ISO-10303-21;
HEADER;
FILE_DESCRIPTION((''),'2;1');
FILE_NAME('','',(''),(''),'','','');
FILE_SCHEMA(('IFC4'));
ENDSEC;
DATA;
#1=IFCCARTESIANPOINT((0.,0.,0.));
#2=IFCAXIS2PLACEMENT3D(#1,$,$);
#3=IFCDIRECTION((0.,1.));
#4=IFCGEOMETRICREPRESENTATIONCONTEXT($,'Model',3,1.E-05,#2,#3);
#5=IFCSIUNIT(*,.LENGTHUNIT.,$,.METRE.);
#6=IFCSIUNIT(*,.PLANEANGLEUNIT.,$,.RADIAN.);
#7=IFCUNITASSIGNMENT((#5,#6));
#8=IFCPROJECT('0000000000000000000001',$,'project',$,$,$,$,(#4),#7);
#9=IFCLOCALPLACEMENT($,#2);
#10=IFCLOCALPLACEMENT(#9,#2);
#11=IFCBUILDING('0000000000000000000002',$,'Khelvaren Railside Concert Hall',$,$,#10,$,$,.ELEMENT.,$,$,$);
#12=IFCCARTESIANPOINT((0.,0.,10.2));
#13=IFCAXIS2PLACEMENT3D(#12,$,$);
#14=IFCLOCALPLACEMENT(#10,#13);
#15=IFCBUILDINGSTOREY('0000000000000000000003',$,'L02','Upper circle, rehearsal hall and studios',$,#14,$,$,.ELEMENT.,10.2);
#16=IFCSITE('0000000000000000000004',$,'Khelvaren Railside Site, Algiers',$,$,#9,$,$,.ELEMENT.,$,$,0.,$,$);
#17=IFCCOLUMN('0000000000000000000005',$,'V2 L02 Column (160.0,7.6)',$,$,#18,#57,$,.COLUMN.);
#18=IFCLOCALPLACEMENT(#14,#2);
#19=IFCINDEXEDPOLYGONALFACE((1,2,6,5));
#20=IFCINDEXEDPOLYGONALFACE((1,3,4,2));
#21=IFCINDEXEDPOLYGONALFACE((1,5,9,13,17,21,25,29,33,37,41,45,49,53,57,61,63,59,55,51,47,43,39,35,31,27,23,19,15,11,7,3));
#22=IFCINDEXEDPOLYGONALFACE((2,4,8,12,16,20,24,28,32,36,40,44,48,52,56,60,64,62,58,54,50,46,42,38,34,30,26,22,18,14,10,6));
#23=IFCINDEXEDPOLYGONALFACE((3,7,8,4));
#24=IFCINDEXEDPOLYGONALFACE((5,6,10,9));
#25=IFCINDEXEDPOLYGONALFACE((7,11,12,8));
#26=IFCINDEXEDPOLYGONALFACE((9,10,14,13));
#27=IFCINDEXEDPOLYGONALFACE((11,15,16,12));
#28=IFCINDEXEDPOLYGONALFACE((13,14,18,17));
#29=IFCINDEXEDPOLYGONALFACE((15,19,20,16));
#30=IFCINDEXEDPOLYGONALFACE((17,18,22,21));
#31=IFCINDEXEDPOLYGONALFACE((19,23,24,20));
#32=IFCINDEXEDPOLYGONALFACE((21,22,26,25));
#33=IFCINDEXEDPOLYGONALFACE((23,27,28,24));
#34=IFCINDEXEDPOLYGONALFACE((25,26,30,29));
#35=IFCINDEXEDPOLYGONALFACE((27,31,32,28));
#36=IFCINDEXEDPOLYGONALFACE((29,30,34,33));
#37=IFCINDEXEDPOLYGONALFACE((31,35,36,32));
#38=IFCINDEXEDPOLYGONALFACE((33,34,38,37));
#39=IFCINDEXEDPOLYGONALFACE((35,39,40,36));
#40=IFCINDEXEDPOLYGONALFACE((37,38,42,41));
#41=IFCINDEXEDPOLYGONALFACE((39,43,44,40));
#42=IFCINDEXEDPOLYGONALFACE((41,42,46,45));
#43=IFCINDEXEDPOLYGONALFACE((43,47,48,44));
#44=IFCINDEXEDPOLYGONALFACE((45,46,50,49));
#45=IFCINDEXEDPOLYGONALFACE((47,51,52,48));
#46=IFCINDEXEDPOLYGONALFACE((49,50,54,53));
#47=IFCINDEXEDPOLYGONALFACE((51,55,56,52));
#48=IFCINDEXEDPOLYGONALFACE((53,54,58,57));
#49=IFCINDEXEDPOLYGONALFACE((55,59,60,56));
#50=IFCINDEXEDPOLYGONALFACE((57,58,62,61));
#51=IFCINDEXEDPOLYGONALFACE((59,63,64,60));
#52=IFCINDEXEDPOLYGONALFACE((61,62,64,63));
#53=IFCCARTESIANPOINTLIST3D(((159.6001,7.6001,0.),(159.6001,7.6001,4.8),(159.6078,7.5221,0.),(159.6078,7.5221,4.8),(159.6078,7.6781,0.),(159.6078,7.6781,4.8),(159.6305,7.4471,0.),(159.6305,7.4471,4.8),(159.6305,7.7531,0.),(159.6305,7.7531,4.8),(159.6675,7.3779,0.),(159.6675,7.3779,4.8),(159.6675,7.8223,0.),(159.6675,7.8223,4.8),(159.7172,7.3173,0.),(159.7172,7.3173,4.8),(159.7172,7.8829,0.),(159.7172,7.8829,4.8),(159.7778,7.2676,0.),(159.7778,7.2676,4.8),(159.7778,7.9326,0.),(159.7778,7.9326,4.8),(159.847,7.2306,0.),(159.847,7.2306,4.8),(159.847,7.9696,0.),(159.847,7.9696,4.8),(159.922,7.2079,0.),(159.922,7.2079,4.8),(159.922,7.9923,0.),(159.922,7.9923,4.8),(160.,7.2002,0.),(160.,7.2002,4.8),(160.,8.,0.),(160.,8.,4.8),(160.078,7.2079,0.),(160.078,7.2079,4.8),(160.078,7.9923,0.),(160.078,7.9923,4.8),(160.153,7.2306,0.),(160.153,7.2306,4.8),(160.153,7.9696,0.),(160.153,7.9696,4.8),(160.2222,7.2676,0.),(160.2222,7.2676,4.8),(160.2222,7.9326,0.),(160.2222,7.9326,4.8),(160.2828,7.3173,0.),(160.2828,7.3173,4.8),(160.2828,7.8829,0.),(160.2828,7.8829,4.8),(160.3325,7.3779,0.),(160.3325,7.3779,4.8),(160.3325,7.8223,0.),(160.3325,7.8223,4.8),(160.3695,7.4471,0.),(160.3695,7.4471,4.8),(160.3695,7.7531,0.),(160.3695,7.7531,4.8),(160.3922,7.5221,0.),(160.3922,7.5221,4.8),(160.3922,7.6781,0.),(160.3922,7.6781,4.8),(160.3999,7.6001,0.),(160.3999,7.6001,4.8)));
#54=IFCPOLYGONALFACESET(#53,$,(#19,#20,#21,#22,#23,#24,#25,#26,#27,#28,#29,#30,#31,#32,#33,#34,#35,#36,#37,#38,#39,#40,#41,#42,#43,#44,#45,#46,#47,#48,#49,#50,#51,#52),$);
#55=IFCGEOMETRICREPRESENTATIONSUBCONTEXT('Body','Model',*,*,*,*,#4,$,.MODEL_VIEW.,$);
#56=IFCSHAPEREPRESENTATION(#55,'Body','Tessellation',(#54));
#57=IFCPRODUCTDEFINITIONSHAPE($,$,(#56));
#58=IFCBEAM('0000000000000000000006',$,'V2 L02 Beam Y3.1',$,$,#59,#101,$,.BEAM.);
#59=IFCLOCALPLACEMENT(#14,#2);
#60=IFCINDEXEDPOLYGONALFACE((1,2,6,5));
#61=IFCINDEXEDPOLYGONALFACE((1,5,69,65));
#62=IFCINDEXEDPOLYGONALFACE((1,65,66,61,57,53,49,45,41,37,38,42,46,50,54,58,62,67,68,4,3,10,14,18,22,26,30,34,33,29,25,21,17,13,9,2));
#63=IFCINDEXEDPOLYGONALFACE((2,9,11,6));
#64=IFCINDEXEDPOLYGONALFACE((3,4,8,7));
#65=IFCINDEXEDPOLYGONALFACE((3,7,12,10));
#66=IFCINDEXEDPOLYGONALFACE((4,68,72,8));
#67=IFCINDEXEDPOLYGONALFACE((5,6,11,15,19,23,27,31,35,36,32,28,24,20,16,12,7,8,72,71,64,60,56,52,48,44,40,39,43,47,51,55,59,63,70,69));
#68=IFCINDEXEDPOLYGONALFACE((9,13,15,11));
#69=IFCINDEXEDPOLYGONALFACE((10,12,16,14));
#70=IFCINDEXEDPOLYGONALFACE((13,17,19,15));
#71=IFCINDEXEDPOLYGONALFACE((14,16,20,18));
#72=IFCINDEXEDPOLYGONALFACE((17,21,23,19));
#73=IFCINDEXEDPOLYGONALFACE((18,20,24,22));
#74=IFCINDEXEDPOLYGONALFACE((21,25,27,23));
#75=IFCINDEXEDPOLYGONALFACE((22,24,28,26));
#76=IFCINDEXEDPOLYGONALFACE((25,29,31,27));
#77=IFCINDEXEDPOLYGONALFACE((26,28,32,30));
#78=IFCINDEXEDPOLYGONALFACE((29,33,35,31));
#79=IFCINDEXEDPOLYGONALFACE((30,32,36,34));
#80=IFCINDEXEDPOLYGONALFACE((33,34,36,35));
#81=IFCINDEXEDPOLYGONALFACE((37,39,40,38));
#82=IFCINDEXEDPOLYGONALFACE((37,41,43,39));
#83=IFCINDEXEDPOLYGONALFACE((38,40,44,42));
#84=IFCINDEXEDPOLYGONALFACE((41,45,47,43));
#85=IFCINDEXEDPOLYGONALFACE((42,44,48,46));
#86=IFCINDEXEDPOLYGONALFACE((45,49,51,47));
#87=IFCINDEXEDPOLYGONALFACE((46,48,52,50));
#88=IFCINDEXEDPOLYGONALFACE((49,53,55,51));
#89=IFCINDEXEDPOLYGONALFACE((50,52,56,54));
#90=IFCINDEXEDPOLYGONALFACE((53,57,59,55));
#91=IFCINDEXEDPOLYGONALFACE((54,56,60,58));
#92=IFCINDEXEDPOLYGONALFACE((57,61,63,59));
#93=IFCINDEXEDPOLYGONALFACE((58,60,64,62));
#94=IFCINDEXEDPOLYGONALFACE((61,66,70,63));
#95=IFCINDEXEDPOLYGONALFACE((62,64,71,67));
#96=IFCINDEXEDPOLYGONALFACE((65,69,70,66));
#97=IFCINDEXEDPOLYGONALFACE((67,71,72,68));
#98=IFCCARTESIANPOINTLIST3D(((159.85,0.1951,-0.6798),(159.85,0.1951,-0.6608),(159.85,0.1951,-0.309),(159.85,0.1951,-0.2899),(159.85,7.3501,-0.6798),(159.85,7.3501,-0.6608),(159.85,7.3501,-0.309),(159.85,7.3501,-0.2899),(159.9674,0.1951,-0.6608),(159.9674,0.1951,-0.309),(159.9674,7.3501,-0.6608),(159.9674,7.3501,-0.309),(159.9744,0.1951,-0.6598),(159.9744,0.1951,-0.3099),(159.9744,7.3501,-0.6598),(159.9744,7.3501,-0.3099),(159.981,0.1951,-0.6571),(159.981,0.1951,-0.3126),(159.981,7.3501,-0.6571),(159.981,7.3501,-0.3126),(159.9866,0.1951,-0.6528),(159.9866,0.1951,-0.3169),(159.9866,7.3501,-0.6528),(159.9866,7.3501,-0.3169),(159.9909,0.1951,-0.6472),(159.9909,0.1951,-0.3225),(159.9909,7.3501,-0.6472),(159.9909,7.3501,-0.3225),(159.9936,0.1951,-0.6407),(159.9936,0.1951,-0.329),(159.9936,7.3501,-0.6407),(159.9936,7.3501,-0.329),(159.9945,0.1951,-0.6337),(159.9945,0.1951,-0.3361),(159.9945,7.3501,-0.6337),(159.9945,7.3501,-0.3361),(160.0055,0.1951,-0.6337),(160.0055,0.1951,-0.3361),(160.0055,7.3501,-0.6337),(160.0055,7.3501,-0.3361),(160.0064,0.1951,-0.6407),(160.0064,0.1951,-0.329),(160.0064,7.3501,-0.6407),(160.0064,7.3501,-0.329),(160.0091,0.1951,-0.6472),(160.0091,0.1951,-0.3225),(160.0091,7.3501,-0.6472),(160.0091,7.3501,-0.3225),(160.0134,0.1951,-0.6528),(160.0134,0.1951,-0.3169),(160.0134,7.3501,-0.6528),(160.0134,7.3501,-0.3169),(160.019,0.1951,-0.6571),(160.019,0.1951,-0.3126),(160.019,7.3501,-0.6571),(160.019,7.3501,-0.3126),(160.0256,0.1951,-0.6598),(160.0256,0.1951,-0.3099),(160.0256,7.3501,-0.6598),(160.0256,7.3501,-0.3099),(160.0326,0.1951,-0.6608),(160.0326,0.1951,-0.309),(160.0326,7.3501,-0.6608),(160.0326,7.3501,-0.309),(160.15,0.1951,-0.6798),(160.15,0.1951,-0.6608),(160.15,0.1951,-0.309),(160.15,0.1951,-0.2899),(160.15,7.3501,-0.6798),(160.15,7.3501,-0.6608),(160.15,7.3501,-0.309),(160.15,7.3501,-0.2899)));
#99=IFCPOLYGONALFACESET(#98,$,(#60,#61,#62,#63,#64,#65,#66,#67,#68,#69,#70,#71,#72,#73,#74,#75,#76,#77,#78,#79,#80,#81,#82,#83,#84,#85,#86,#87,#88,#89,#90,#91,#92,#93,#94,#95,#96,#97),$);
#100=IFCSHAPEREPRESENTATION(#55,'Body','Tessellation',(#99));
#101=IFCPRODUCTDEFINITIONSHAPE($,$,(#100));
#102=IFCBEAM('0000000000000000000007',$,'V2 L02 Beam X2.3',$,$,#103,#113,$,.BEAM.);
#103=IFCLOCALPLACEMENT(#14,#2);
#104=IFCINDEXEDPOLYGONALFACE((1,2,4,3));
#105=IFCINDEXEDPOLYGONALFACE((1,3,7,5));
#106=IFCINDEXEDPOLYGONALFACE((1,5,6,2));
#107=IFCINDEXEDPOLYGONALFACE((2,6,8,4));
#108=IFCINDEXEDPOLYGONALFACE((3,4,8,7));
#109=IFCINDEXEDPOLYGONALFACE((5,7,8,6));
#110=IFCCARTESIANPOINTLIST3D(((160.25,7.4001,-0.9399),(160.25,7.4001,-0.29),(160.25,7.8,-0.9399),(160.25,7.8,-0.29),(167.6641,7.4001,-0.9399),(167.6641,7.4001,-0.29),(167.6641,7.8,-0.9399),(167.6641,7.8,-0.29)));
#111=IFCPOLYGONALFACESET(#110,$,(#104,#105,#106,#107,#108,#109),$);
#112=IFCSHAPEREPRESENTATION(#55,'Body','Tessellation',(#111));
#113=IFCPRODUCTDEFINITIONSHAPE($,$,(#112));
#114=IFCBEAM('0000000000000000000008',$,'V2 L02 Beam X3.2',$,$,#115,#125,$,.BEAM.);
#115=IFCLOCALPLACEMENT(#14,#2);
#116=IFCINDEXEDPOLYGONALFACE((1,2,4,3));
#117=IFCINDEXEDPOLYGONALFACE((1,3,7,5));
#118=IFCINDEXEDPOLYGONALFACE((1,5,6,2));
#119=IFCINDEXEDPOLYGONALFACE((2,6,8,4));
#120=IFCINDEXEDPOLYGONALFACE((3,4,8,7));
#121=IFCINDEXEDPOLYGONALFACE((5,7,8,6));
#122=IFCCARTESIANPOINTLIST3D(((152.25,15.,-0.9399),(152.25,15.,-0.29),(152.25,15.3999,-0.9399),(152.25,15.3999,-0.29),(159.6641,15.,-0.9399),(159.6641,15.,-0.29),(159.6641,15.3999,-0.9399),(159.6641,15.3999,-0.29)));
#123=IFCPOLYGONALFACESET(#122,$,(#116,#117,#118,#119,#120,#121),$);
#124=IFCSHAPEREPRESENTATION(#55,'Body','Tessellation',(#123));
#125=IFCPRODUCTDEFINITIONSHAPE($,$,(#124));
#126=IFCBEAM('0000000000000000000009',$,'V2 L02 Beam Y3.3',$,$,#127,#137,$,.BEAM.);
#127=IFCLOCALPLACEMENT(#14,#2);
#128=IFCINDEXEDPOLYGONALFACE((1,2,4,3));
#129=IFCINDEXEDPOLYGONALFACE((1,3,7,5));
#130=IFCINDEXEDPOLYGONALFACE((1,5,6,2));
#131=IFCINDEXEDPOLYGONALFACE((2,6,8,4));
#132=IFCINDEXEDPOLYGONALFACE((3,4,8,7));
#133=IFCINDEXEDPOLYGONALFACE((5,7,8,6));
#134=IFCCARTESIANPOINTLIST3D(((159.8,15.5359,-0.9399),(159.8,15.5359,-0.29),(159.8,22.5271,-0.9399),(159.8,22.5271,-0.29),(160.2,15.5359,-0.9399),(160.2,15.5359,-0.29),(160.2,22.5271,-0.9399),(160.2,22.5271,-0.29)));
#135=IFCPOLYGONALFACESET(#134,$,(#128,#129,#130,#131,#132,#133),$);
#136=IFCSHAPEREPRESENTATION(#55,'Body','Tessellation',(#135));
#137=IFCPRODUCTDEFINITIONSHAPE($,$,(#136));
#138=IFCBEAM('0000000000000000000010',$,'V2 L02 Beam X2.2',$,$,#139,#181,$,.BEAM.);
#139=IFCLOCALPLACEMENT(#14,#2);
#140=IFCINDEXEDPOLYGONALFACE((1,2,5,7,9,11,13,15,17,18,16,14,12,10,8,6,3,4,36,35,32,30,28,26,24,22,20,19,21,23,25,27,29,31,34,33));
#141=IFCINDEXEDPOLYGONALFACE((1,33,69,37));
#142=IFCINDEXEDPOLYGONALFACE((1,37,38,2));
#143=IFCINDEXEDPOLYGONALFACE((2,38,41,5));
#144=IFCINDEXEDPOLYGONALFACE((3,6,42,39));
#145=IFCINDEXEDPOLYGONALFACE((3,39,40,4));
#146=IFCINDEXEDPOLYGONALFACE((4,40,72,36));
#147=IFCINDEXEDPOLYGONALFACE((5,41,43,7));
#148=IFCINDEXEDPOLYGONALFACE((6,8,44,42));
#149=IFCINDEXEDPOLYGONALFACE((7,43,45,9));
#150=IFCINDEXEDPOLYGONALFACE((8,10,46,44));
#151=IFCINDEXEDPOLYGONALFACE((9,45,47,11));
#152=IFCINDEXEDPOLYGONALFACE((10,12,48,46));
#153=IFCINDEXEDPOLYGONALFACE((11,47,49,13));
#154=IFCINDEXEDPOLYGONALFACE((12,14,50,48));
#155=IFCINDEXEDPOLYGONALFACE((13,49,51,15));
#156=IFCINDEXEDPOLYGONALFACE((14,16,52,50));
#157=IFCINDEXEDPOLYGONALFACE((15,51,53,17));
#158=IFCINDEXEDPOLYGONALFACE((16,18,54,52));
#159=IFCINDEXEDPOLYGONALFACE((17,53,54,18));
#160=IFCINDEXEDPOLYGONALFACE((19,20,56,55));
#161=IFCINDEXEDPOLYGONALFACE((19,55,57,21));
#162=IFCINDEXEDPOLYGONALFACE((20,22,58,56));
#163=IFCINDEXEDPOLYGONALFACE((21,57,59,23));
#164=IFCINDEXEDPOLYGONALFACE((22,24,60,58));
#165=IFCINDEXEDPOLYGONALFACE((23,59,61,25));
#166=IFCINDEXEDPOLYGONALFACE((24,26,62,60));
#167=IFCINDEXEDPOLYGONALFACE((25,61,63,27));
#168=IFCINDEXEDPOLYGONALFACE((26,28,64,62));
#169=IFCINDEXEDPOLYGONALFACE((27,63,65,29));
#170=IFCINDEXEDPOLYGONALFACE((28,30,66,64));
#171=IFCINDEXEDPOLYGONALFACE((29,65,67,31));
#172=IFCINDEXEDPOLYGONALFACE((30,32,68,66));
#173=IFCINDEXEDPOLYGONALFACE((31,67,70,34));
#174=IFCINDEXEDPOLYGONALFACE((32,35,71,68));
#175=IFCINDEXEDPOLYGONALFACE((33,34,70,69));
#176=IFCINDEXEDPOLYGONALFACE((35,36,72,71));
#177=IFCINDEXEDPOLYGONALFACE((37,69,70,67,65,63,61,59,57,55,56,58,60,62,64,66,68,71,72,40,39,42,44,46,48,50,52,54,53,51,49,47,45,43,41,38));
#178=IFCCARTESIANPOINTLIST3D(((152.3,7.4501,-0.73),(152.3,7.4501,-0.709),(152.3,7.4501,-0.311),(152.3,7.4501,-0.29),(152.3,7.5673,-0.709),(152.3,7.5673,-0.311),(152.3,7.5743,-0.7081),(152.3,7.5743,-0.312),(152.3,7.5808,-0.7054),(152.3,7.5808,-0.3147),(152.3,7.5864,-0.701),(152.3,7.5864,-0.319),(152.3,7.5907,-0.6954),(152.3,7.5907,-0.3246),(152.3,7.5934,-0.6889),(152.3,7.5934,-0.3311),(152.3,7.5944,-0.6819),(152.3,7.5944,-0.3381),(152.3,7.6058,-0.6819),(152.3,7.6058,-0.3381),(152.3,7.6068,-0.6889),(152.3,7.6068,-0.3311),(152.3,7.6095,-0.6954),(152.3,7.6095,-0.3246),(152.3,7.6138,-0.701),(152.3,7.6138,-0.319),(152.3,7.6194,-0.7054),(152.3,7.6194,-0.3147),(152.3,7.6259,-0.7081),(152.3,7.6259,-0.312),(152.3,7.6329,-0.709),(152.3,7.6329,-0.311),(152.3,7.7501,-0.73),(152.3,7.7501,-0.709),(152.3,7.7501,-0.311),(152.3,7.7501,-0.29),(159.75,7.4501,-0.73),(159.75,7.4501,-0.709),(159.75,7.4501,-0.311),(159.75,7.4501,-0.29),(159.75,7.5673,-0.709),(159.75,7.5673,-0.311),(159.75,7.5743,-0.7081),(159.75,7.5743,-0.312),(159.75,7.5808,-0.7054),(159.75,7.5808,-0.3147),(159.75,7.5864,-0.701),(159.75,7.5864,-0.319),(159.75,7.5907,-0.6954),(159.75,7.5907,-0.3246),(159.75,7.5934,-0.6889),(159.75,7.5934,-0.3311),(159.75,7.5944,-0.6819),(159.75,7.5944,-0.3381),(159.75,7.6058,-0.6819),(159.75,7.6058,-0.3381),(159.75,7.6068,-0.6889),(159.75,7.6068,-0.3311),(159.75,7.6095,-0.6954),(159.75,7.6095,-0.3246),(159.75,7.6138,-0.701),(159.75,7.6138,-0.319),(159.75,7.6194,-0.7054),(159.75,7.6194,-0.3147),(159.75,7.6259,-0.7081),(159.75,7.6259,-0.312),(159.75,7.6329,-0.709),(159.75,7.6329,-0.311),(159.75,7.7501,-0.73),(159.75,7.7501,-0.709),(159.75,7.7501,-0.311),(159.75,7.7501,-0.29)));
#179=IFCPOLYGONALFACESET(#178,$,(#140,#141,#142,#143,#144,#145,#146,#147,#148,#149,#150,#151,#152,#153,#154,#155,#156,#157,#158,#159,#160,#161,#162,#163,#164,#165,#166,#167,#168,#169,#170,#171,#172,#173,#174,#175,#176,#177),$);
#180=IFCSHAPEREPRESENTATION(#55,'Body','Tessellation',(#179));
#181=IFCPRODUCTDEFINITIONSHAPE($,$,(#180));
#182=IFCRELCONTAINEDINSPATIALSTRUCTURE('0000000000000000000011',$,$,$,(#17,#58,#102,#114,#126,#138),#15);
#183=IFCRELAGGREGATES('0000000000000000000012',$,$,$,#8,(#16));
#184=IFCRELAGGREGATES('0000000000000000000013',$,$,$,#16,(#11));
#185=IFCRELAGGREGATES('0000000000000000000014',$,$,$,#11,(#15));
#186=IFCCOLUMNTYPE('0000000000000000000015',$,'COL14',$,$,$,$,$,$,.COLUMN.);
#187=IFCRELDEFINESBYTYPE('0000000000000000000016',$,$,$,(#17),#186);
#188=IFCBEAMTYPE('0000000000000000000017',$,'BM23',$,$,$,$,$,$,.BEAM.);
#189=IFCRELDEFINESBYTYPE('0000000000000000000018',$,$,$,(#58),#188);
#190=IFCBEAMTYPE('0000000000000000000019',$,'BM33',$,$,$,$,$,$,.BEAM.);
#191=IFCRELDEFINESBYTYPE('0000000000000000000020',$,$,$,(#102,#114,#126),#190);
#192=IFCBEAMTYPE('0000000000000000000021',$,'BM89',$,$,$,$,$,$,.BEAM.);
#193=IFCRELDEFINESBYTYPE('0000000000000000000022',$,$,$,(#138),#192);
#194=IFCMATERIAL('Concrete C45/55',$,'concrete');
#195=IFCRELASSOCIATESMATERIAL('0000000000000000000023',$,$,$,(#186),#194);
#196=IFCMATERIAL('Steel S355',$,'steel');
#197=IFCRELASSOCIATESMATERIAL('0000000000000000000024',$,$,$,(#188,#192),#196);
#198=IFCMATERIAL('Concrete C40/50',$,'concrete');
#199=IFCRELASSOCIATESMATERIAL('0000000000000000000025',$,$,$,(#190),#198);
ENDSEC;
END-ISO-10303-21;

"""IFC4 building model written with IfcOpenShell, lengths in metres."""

from ifc_helpers import new_model, si_unit, direction, frame, origin, origin_2d, place, context, subcontext, project, spatial, rectangle, circle, i_section, extrude, material, material_profile, profile_set, type_object, element, save


model = new_model("IFC4")

# Units and contexts
model_context = context("Model", 3, precision=1e-05, world=origin(), true_north=direction((0.0, 1.0)))
body_context = subcontext(model_context, "Body", "Model", "MODEL_VIEW")
ifc_project = project(units=[si_unit("LENGTHUNIT", "METRE"), si_unit("PLANEANGLEUNIT", "RADIAN")], contexts=[model_context])

# Site, building, storey
site_placement = place(None, origin())
site = spatial("IfcSite", under=ifc_project, at=site_placement, Name="Khelvaren Railside Site, Algiers", CompositionType="ELEMENT", RefElevation=0.0)
building_placement = place(site_placement, origin())
building = spatial("IfcBuilding", under=site, at=building_placement, Name="Khelvaren Railside Concert Hall", CompositionType="ELEMENT")
storey_placement = place(building_placement, frame((0.0, 0.0, 10.2)))
storey = spatial("IfcBuildingStorey", under=building, at=storey_placement, Name="L02", Description="Upper circle, rehearsal hall and studios", CompositionType="ELEMENT", Elevation=10.2)

# Column
ifc_material_1 = material(Name="Concrete C45/55", Category="concrete")
ifc_material_profile_1 = material_profile(ifc_material_1, circle(Radius=0.3999, at=origin_2d()), Name="RC D800")
ifc_profile_set_1 = profile_set([ifc_material_profile_1], Name="Concrete C45/55")
column_type = type_object("IfcColumnType", Name="COL14", PredefinedType="COLUMN", material=ifc_profile_set_1)
column_placement = place(storey_placement, frame((160.0, 7.6001, 0.0), z_axis=(0.0, 0.0, 1.0), x_axis=(1.0, 0.0, 0.0)))
element("IfcColumn", 1, at=column_placement, inside=storey, type_object=column_type, Name="V2 L02 Column (160.0,7.6)", PredefinedType="COLUMN", context=body_context, shape_type="SweptSolid", body=[
    extrude(circle(Radius=0.3999, at=origin_2d()), origin(), (0.0, 0.0, 1.0), 4.8),
])

# Beams
ifc_material_2 = material(Name="Steel S355", Category="steel")
ifc_material_profile_2 = material_profile(ifc_material_2, i_section(OverallWidth=0.3, OverallDepth=0.3899, WebThickness=0.011, FlangeThickness=0.019, FilletRadius=0.0271, at=origin_2d()), Name="HEA 400")
ifc_profile_set_2 = profile_set([ifc_material_profile_2], Name="Steel S355")
beam_type_1 = type_object("IfcBeamType", Name="BM23", PredefinedType="BEAM", material=ifc_profile_set_2)
beam_1_placement = place(storey_placement, frame((160.0, 0.1951, -0.4849), z_axis=(0.0, 1.0, 0.0), x_axis=(-1.0, 0.0, 0.0)))
element("IfcBeam", 2, at=beam_1_placement, inside=storey, type_object=beam_type_1, Name="V2 L02 Beam Y3.1", PredefinedType="BEAM", context=body_context, shape_type="SweptSolid", body=[
    extrude(i_section(OverallWidth=0.3, OverallDepth=0.3899, WebThickness=0.011, FlangeThickness=0.019, FilletRadius=0.0271, at=origin_2d()), origin(), (0.0, 0.0, 1.0), 7.155),
])
ifc_material_3 = material(Name="Concrete C40/50", Category="concrete")
ifc_material_profile_3 = material_profile(ifc_material_3, rectangle(XDim=0.3999, YDim=0.6499, at=origin_2d()), Name="RCB 400x650")
ifc_profile_set_3 = profile_set([ifc_material_profile_3], Name="Concrete C40/50")
beam_type_2 = type_object("IfcBeamType", Name="BM33", PredefinedType="BEAM", material=ifc_profile_set_3)
for number, where, z_axis, x_axis, name in (
    (3, (160.25, 7.6001, -0.615), (1.0, 0.0, 0.0), (0.0, 1.0, 0.0), "V2 L02 Beam X2.3"),
    (4, (152.25, 15.2, -0.615), (1.0, 0.0, 0.0), (0.0, 1.0, 0.0), "V2 L02 Beam X3.2"),
):
    element("IfcBeam", number, at=place(storey_placement, frame(where, z_axis=z_axis, x_axis=x_axis)), inside=storey, type_object=beam_type_2, Name=name, PredefinedType="BEAM", context=body_context, shape_type="SweptSolid", body=[
        extrude(rectangle(XDim=0.3999, YDim=0.6499, at=origin_2d()), origin(), (0.0, 0.0, 1.0), 7.4141),
    ])
beam_2_placement = place(storey_placement, frame((160.0, 15.5359, -0.615), z_axis=(0.0, 1.0, 0.0), x_axis=(-1.0, 0.0, 0.0)))
element("IfcBeam", 5, at=beam_2_placement, inside=storey, type_object=beam_type_2, Name="V2 L02 Beam Y3.3", PredefinedType="BEAM", context=body_context, shape_type="SweptSolid", body=[
    extrude(rectangle(XDim=0.3999, YDim=0.6499, at=origin_2d()), origin(), (0.0, 0.0, 1.0), 6.9912),
])
ifc_material_profile_4 = material_profile(ifc_material_2, i_section(OverallWidth=0.3, OverallDepth=0.4399, WebThickness=0.0115, FlangeThickness=0.021, FilletRadius=0.0271, at=origin_2d()), Name="HEA 450")
ifc_profile_set_4 = profile_set([ifc_material_profile_4], Name="Steel S355")
beam_type_3 = type_object("IfcBeamType", Name="BM89", PredefinedType="BEAM", material=ifc_profile_set_4)
beam_3_placement = place(storey_placement, frame((152.3, 7.6001, -0.51), z_axis=(1.0, 0.0, 0.0), x_axis=(0.0, 1.0, 0.0)))
element("IfcBeam", 6, at=beam_3_placement, inside=storey, type_object=beam_type_3, Name="V2 L02 Beam X2.2", PredefinedType="BEAM", context=body_context, shape_type="SweptSolid", body=[
    extrude(i_section(OverallWidth=0.3, OverallDepth=0.4399, WebThickness=0.0115, FlangeThickness=0.021, FilletRadius=0.0271, at=origin_2d()), origin(), (0.0, 0.0, 1.0), 7.45),
])

save(model, "model.ifc")
